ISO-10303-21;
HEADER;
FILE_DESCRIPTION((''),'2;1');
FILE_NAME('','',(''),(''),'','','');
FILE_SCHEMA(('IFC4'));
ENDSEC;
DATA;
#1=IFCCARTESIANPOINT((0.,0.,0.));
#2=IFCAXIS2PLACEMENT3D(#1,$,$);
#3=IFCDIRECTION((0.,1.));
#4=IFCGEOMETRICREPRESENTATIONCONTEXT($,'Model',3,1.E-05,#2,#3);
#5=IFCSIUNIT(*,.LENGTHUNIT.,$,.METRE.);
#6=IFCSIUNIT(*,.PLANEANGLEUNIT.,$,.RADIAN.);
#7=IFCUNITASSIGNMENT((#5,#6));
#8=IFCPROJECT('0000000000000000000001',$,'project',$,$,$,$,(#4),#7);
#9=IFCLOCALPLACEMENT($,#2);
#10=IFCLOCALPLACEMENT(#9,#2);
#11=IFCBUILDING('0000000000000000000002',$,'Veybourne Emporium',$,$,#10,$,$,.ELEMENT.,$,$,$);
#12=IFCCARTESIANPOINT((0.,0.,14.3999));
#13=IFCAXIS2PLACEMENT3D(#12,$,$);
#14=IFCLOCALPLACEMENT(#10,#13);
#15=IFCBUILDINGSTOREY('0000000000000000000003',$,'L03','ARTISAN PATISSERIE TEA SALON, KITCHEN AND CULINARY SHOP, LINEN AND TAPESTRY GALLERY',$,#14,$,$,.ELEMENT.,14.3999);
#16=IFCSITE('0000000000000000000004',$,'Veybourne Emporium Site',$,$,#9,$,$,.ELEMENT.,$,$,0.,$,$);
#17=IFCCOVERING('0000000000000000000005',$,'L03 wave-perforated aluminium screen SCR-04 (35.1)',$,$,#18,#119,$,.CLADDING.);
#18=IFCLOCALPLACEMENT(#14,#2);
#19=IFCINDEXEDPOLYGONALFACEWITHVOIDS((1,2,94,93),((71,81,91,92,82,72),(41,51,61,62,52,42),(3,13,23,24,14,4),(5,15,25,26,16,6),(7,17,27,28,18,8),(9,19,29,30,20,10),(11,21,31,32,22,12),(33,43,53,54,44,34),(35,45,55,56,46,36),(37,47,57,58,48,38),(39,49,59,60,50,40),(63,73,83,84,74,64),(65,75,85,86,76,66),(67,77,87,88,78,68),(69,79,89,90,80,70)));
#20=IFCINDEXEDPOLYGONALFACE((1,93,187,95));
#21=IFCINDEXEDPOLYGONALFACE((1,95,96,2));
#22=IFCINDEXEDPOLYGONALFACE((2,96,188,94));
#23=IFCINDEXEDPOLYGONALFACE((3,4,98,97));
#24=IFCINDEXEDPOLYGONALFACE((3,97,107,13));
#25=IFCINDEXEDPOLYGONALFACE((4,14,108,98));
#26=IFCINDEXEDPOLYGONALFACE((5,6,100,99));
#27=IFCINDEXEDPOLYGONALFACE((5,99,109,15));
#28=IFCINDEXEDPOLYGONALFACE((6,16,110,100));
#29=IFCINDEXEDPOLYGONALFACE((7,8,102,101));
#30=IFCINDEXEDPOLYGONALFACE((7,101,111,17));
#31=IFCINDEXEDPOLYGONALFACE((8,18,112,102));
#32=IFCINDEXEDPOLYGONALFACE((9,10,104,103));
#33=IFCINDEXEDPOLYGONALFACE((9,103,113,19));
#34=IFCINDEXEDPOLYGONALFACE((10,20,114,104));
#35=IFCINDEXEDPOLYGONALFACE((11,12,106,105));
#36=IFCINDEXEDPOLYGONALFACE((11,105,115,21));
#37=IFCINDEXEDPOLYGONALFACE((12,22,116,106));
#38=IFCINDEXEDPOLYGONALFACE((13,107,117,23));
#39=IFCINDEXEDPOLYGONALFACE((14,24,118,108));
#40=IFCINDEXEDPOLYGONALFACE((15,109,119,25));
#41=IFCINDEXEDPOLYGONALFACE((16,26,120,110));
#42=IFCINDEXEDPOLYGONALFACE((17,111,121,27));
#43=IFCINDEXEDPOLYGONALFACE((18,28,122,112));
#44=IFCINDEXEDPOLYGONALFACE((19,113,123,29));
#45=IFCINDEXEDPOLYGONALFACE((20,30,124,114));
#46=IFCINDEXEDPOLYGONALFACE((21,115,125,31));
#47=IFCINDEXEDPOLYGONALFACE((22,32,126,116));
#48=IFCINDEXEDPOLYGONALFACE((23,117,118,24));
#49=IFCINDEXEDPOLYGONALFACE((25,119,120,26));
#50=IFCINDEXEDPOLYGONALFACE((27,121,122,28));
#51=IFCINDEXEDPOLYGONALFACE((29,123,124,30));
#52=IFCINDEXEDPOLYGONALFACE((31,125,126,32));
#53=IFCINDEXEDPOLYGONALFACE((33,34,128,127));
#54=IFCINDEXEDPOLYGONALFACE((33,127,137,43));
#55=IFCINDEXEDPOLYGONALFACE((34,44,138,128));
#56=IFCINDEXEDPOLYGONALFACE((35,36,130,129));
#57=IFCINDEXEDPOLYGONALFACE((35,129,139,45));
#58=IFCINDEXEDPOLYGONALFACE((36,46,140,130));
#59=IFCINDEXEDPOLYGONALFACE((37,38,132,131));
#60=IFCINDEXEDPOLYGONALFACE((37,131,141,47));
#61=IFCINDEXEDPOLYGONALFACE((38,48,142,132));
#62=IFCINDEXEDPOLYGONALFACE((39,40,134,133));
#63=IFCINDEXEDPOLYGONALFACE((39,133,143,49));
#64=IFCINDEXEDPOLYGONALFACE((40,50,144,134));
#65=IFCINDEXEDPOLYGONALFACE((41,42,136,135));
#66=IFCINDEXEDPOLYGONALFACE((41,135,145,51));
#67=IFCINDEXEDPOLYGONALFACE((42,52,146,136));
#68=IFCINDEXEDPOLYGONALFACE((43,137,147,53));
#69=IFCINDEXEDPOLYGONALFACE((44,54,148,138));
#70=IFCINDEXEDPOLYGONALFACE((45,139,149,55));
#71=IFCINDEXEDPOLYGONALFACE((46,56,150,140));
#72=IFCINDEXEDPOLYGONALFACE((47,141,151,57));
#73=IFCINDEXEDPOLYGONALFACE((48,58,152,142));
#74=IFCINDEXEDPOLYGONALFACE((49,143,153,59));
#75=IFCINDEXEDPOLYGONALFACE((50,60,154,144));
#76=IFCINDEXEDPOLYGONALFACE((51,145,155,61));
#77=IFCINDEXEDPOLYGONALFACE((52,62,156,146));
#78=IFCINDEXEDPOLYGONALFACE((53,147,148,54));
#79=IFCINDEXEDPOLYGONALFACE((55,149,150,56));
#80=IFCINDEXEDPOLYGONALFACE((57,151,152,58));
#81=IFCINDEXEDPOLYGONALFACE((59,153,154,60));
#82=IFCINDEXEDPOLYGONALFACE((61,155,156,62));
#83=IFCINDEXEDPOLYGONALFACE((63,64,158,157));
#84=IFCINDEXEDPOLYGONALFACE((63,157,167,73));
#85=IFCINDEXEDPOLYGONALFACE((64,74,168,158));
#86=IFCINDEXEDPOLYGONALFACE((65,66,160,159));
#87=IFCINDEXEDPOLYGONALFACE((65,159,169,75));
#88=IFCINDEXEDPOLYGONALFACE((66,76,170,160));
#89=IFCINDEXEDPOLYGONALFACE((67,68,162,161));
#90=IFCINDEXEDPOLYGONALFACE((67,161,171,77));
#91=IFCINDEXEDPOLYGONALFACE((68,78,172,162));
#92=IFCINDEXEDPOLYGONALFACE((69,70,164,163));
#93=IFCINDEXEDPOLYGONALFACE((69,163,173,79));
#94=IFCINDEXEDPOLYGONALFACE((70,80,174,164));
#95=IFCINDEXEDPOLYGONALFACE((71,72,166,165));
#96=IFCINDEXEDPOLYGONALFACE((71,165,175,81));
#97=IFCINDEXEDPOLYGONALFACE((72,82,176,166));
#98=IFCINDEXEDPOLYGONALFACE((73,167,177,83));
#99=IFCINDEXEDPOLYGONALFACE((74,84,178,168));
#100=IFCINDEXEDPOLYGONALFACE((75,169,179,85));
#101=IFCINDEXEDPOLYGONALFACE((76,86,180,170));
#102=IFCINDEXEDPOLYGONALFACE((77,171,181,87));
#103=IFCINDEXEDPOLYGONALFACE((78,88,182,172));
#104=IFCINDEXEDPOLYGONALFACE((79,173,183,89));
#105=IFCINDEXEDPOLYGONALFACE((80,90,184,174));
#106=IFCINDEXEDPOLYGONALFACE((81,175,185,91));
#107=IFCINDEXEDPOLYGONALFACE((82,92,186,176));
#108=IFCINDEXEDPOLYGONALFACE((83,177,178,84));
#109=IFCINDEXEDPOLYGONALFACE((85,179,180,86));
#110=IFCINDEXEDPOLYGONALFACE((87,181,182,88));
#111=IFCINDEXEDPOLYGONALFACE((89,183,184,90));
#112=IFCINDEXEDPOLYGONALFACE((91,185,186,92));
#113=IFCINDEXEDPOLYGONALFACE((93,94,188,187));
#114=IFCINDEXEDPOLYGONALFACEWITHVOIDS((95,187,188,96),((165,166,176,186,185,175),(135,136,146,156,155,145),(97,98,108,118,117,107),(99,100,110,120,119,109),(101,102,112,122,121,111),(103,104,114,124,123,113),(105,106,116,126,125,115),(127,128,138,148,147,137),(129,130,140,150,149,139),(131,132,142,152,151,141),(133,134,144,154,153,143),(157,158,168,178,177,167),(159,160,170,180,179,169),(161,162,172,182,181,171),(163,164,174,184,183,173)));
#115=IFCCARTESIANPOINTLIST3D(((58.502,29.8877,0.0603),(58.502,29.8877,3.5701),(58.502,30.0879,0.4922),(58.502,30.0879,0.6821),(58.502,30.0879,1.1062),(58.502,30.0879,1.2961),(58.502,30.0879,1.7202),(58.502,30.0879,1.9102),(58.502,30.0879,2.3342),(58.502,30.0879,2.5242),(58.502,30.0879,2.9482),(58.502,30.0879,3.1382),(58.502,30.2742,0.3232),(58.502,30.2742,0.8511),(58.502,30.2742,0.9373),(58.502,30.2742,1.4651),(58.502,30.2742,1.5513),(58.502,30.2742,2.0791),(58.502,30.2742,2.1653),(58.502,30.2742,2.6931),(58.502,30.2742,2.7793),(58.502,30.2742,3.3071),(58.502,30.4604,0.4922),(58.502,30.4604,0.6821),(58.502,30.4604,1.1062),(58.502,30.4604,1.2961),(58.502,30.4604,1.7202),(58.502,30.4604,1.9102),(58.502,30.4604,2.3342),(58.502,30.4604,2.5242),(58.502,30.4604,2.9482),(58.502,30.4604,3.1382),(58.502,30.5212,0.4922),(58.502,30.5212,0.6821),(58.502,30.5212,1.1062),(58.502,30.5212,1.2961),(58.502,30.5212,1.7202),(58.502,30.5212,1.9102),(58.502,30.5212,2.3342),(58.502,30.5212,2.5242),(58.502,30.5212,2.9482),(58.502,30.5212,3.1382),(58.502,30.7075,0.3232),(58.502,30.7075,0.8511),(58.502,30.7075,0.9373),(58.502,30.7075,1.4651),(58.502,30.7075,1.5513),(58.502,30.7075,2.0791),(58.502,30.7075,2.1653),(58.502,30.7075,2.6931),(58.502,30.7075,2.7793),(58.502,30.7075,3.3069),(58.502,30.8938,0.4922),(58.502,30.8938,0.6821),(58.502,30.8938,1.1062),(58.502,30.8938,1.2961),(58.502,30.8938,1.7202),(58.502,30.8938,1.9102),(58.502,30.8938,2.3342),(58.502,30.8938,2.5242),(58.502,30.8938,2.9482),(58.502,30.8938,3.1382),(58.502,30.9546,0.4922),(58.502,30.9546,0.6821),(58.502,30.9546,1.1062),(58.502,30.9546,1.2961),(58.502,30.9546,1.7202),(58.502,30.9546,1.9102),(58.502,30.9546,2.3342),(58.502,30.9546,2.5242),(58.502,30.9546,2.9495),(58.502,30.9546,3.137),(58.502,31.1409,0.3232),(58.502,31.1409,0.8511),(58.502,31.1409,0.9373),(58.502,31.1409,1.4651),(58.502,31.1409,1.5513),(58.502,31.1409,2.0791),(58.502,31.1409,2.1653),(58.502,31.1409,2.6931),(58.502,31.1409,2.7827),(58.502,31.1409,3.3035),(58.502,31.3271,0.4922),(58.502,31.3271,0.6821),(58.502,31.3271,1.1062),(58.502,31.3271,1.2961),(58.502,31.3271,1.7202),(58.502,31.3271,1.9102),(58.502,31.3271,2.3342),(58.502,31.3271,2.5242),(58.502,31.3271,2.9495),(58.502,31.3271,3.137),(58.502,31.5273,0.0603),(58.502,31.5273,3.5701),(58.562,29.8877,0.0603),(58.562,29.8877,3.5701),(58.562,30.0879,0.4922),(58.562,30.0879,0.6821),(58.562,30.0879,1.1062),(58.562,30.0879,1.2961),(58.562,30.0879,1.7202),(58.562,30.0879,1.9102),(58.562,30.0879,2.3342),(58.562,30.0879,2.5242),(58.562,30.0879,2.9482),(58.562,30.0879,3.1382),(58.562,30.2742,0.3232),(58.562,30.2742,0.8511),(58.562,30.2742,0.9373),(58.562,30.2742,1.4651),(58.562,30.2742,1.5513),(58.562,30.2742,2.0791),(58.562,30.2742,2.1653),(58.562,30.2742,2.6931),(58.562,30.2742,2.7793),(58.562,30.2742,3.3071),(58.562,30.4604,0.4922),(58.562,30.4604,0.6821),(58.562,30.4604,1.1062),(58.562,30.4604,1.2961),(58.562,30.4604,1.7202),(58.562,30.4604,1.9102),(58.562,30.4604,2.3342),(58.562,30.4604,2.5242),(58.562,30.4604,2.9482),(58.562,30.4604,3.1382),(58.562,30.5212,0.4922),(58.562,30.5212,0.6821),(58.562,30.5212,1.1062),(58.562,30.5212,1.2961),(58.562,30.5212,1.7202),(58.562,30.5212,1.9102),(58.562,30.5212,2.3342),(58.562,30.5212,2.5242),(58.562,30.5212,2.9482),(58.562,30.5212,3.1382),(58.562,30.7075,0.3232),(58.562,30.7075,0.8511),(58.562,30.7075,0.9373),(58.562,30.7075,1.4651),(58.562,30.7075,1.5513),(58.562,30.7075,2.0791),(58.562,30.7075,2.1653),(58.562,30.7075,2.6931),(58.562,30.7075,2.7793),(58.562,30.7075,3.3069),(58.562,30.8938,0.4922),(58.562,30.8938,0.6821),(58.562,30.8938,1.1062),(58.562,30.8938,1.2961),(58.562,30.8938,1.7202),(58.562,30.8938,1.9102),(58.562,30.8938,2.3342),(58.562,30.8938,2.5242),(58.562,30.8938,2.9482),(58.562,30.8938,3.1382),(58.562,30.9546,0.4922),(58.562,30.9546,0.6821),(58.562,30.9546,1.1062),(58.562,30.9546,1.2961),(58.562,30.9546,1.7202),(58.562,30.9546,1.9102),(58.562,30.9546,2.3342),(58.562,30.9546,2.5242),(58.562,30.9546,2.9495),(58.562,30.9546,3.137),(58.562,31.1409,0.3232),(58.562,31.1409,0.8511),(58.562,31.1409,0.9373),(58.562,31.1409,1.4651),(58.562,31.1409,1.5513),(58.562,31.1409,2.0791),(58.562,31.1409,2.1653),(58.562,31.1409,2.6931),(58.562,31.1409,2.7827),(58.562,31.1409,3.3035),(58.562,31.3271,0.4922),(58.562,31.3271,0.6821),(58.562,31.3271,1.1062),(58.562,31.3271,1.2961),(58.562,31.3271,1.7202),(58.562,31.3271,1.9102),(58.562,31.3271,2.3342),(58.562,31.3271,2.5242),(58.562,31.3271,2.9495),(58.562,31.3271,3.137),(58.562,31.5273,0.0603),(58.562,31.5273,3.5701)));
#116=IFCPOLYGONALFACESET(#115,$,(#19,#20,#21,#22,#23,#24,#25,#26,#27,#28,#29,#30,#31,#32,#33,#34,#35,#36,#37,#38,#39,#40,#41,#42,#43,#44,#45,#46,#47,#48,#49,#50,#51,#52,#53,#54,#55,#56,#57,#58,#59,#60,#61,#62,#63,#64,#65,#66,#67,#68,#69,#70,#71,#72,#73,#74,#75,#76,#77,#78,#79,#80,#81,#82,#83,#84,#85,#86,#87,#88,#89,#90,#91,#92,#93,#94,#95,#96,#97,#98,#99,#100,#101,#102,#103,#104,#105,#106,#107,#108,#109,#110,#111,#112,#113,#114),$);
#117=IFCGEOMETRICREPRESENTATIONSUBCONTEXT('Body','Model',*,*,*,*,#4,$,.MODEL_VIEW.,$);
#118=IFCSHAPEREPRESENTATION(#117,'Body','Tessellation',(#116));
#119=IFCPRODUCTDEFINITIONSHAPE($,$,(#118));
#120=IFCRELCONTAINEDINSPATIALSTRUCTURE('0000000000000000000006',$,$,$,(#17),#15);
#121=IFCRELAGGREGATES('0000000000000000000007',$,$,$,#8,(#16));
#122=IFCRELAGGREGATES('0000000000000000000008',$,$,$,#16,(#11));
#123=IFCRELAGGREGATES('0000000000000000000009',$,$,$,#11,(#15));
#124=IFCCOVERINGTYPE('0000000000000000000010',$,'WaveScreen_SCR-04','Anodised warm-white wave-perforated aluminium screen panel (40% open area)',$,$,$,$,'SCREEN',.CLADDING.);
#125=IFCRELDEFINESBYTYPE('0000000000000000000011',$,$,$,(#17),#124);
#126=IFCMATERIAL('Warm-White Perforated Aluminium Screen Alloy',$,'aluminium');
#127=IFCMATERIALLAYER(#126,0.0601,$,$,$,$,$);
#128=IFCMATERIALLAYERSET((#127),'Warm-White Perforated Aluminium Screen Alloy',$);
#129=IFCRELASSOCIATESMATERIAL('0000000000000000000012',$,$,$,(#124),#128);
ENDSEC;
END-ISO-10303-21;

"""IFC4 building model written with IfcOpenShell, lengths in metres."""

from ifc_helpers import new_model, si_unit, direction, frame, origin, place, context, subcontext, project, spatial, polyline, outline, extrude, material, layer, layer_set, type_object, element, save


model = new_model("IFC4")

# Units and contexts
model_context = context("Model", 3, precision=1e-05, world=origin(), true_north=direction((0.0, 1.0)))
body_context = subcontext(model_context, "Body", "Model", "MODEL_VIEW")
ifc_project = project(units=[si_unit("LENGTHUNIT", "METRE"), si_unit("PLANEANGLEUNIT", "RADIAN")], contexts=[model_context])

# Site, building, storey
site_placement = place(None, origin())
site = spatial("IfcSite", under=ifc_project, at=site_placement, Name="Veybourne Emporium Site", CompositionType="ELEMENT", RefElevation=0.0)
building_placement = place(site_placement, origin())
building = spatial("IfcBuilding", under=site, at=building_placement, Name="Veybourne Emporium", CompositionType="ELEMENT")
storey_placement = place(building_placement, frame((0.0, 0.0, 14.3999)))
storey = spatial("IfcBuildingStorey", under=building, at=storey_placement, Name="L03", Description="ARTISAN PATISSERIE TEA SALON, KITCHEN AND CULINARY SHOP, LINEN AND TAPESTRY GALLERY", CompositionType="ELEMENT", Elevation=14.3999)

# Covering
ifc_material_1 = material(Name="Warm-White Perforated Aluminium Screen Alloy", Category="aluminium")
ifc_layer_1 = layer(ifc_material_1, 0.0601)
ifc_layer_set_1 = layer_set([ifc_layer_1], Name="Warm-White Perforated Aluminium Screen Alloy")
covering_type_1 = type_object("IfcCoveringType", Name="WaveScreen_SCR-04", Description="Anodised warm-white wave-perforated aluminium screen panel (40% open area)", ElementType="SCREEN", PredefinedType="CLADDING", material=ifc_layer_set_1)
covering_1_placement = place(storey_placement, frame((58.502, 30.7075, 1.8152), z_axis=(1.0, 0.0, 0.0), x_axis=(0.0, 1.0, 0.0)))
element("IfcCovering", 1, at=covering_1_placement, inside=storey, type_object=covering_type_1, Name="L03 wave-perforated aluminium screen SCR-04 (35.1)", PredefinedType="CLADDING", context=body_context, shape_type="SweptSolid", body=[
    extrude(outline(polyline([(-0.8198, -1.7549), (0.8198, -1.7549), (0.8198, 1.7549), (-0.8198, 1.7549), (-0.8198, -1.7549)]), holes=[polyline([(-0.4333, -0.9641), (-0.2471, -1.1331), (-0.2471, -1.323), (-0.4333, -1.4919), (-0.6196, -1.323), (-0.6196, -1.1331), (-0.4333, -0.9641)]), polyline([(-0.4333, -0.3501), (-0.2471, -0.519), (-0.2471, -0.709), (-0.4333, -0.8779), (-0.6196, -0.709), (-0.6196, -0.519), (-0.4333, -0.3501)]), polyline([(-0.4333, 0.2639), (-0.2471, 0.095), (-0.2471, -0.095), (-0.4333, -0.2639), (-0.6196, -0.095), (-0.6196, 0.095), (-0.4333, 0.2639)]), polyline([(-0.4333, 0.8779), (-0.2471, 0.709), (-0.2471, 0.519), (-0.4333, 0.3501), (-0.6196, 0.519), (-0.6196, 0.709), (-0.4333, 0.8779)]), polyline([(-0.4333, 1.4919), (-0.2471, 1.323), (-0.2471, 1.1331), (-0.4333, 0.9641), (-0.6196, 1.1331), (-0.6196, 1.323), (-0.4333, 1.4919)]), polyline([(0.0, -0.9641), (0.1863, -1.1331), (0.1863, -1.323), (0.0, -1.4919), (-0.1863, -1.323), (-0.1863, -1.1331), (0.0, -0.9641)]), polyline([(0.0, -0.3501), (0.1863, -0.519), (0.1863, -0.709), (0.0, -0.8779), (-0.1863, -0.709), (-0.1863, -0.519), (0.0, -0.3501)]), polyline([(0.0, 0.2639), (0.1863, 0.095), (0.1863, -0.095), (0.0, -0.2639), (-0.1863, -0.095), (-0.1863, 0.095), (0.0, 0.2639)]), polyline([(0.0, 0.8779), (0.1863, 0.709), (0.1863, 0.519), (0.0, 0.3501), (-0.1863, 0.519), (-0.1863, 0.709), (0.0, 0.8779)]), polyline([(0.0, 1.4917), (0.1863, 1.323), (0.1863, 1.1331), (0.0, 0.9641), (-0.1863, 1.1331), (-0.1863, 1.323), (0.0, 1.4917)]), polyline([(0.4333, -0.9641), (0.6196, -1.1331), (0.6196, -1.323), (0.4333, -1.4919), (0.2471, -1.323), (0.2471, -1.1331), (0.4333, -0.9641)]), polyline([(0.4333, -0.3501), (0.6196, -0.519), (0.6196, -0.709), (0.4333, -0.8779), (0.2471, -0.709), (0.2471, -0.519), (0.4333, -0.3501)]), polyline([(0.4333, 0.2639), (0.6196, 0.095), (0.6196, -0.095), (0.4333, -0.2639), (0.2471, -0.095), (0.2471, 0.095), (0.4333, 0.2639)]), polyline([(0.4333, 0.8779), (0.6196, 0.709), (0.6196, 0.519), (0.4333, 0.3501), (0.2471, 0.519), (0.2471, 0.709), (0.4333, 0.8779)]), polyline([(0.4333, 1.4883), (0.6196, 1.3218), (0.6196, 1.1343), (0.4333, 0.9675), (0.2471, 1.1343), (0.2471, 1.3218), (0.4333, 1.4883)])]), origin(), (0.0, 0.0, 1.0), 0.0601),
])

save(model, "model.ifc")
